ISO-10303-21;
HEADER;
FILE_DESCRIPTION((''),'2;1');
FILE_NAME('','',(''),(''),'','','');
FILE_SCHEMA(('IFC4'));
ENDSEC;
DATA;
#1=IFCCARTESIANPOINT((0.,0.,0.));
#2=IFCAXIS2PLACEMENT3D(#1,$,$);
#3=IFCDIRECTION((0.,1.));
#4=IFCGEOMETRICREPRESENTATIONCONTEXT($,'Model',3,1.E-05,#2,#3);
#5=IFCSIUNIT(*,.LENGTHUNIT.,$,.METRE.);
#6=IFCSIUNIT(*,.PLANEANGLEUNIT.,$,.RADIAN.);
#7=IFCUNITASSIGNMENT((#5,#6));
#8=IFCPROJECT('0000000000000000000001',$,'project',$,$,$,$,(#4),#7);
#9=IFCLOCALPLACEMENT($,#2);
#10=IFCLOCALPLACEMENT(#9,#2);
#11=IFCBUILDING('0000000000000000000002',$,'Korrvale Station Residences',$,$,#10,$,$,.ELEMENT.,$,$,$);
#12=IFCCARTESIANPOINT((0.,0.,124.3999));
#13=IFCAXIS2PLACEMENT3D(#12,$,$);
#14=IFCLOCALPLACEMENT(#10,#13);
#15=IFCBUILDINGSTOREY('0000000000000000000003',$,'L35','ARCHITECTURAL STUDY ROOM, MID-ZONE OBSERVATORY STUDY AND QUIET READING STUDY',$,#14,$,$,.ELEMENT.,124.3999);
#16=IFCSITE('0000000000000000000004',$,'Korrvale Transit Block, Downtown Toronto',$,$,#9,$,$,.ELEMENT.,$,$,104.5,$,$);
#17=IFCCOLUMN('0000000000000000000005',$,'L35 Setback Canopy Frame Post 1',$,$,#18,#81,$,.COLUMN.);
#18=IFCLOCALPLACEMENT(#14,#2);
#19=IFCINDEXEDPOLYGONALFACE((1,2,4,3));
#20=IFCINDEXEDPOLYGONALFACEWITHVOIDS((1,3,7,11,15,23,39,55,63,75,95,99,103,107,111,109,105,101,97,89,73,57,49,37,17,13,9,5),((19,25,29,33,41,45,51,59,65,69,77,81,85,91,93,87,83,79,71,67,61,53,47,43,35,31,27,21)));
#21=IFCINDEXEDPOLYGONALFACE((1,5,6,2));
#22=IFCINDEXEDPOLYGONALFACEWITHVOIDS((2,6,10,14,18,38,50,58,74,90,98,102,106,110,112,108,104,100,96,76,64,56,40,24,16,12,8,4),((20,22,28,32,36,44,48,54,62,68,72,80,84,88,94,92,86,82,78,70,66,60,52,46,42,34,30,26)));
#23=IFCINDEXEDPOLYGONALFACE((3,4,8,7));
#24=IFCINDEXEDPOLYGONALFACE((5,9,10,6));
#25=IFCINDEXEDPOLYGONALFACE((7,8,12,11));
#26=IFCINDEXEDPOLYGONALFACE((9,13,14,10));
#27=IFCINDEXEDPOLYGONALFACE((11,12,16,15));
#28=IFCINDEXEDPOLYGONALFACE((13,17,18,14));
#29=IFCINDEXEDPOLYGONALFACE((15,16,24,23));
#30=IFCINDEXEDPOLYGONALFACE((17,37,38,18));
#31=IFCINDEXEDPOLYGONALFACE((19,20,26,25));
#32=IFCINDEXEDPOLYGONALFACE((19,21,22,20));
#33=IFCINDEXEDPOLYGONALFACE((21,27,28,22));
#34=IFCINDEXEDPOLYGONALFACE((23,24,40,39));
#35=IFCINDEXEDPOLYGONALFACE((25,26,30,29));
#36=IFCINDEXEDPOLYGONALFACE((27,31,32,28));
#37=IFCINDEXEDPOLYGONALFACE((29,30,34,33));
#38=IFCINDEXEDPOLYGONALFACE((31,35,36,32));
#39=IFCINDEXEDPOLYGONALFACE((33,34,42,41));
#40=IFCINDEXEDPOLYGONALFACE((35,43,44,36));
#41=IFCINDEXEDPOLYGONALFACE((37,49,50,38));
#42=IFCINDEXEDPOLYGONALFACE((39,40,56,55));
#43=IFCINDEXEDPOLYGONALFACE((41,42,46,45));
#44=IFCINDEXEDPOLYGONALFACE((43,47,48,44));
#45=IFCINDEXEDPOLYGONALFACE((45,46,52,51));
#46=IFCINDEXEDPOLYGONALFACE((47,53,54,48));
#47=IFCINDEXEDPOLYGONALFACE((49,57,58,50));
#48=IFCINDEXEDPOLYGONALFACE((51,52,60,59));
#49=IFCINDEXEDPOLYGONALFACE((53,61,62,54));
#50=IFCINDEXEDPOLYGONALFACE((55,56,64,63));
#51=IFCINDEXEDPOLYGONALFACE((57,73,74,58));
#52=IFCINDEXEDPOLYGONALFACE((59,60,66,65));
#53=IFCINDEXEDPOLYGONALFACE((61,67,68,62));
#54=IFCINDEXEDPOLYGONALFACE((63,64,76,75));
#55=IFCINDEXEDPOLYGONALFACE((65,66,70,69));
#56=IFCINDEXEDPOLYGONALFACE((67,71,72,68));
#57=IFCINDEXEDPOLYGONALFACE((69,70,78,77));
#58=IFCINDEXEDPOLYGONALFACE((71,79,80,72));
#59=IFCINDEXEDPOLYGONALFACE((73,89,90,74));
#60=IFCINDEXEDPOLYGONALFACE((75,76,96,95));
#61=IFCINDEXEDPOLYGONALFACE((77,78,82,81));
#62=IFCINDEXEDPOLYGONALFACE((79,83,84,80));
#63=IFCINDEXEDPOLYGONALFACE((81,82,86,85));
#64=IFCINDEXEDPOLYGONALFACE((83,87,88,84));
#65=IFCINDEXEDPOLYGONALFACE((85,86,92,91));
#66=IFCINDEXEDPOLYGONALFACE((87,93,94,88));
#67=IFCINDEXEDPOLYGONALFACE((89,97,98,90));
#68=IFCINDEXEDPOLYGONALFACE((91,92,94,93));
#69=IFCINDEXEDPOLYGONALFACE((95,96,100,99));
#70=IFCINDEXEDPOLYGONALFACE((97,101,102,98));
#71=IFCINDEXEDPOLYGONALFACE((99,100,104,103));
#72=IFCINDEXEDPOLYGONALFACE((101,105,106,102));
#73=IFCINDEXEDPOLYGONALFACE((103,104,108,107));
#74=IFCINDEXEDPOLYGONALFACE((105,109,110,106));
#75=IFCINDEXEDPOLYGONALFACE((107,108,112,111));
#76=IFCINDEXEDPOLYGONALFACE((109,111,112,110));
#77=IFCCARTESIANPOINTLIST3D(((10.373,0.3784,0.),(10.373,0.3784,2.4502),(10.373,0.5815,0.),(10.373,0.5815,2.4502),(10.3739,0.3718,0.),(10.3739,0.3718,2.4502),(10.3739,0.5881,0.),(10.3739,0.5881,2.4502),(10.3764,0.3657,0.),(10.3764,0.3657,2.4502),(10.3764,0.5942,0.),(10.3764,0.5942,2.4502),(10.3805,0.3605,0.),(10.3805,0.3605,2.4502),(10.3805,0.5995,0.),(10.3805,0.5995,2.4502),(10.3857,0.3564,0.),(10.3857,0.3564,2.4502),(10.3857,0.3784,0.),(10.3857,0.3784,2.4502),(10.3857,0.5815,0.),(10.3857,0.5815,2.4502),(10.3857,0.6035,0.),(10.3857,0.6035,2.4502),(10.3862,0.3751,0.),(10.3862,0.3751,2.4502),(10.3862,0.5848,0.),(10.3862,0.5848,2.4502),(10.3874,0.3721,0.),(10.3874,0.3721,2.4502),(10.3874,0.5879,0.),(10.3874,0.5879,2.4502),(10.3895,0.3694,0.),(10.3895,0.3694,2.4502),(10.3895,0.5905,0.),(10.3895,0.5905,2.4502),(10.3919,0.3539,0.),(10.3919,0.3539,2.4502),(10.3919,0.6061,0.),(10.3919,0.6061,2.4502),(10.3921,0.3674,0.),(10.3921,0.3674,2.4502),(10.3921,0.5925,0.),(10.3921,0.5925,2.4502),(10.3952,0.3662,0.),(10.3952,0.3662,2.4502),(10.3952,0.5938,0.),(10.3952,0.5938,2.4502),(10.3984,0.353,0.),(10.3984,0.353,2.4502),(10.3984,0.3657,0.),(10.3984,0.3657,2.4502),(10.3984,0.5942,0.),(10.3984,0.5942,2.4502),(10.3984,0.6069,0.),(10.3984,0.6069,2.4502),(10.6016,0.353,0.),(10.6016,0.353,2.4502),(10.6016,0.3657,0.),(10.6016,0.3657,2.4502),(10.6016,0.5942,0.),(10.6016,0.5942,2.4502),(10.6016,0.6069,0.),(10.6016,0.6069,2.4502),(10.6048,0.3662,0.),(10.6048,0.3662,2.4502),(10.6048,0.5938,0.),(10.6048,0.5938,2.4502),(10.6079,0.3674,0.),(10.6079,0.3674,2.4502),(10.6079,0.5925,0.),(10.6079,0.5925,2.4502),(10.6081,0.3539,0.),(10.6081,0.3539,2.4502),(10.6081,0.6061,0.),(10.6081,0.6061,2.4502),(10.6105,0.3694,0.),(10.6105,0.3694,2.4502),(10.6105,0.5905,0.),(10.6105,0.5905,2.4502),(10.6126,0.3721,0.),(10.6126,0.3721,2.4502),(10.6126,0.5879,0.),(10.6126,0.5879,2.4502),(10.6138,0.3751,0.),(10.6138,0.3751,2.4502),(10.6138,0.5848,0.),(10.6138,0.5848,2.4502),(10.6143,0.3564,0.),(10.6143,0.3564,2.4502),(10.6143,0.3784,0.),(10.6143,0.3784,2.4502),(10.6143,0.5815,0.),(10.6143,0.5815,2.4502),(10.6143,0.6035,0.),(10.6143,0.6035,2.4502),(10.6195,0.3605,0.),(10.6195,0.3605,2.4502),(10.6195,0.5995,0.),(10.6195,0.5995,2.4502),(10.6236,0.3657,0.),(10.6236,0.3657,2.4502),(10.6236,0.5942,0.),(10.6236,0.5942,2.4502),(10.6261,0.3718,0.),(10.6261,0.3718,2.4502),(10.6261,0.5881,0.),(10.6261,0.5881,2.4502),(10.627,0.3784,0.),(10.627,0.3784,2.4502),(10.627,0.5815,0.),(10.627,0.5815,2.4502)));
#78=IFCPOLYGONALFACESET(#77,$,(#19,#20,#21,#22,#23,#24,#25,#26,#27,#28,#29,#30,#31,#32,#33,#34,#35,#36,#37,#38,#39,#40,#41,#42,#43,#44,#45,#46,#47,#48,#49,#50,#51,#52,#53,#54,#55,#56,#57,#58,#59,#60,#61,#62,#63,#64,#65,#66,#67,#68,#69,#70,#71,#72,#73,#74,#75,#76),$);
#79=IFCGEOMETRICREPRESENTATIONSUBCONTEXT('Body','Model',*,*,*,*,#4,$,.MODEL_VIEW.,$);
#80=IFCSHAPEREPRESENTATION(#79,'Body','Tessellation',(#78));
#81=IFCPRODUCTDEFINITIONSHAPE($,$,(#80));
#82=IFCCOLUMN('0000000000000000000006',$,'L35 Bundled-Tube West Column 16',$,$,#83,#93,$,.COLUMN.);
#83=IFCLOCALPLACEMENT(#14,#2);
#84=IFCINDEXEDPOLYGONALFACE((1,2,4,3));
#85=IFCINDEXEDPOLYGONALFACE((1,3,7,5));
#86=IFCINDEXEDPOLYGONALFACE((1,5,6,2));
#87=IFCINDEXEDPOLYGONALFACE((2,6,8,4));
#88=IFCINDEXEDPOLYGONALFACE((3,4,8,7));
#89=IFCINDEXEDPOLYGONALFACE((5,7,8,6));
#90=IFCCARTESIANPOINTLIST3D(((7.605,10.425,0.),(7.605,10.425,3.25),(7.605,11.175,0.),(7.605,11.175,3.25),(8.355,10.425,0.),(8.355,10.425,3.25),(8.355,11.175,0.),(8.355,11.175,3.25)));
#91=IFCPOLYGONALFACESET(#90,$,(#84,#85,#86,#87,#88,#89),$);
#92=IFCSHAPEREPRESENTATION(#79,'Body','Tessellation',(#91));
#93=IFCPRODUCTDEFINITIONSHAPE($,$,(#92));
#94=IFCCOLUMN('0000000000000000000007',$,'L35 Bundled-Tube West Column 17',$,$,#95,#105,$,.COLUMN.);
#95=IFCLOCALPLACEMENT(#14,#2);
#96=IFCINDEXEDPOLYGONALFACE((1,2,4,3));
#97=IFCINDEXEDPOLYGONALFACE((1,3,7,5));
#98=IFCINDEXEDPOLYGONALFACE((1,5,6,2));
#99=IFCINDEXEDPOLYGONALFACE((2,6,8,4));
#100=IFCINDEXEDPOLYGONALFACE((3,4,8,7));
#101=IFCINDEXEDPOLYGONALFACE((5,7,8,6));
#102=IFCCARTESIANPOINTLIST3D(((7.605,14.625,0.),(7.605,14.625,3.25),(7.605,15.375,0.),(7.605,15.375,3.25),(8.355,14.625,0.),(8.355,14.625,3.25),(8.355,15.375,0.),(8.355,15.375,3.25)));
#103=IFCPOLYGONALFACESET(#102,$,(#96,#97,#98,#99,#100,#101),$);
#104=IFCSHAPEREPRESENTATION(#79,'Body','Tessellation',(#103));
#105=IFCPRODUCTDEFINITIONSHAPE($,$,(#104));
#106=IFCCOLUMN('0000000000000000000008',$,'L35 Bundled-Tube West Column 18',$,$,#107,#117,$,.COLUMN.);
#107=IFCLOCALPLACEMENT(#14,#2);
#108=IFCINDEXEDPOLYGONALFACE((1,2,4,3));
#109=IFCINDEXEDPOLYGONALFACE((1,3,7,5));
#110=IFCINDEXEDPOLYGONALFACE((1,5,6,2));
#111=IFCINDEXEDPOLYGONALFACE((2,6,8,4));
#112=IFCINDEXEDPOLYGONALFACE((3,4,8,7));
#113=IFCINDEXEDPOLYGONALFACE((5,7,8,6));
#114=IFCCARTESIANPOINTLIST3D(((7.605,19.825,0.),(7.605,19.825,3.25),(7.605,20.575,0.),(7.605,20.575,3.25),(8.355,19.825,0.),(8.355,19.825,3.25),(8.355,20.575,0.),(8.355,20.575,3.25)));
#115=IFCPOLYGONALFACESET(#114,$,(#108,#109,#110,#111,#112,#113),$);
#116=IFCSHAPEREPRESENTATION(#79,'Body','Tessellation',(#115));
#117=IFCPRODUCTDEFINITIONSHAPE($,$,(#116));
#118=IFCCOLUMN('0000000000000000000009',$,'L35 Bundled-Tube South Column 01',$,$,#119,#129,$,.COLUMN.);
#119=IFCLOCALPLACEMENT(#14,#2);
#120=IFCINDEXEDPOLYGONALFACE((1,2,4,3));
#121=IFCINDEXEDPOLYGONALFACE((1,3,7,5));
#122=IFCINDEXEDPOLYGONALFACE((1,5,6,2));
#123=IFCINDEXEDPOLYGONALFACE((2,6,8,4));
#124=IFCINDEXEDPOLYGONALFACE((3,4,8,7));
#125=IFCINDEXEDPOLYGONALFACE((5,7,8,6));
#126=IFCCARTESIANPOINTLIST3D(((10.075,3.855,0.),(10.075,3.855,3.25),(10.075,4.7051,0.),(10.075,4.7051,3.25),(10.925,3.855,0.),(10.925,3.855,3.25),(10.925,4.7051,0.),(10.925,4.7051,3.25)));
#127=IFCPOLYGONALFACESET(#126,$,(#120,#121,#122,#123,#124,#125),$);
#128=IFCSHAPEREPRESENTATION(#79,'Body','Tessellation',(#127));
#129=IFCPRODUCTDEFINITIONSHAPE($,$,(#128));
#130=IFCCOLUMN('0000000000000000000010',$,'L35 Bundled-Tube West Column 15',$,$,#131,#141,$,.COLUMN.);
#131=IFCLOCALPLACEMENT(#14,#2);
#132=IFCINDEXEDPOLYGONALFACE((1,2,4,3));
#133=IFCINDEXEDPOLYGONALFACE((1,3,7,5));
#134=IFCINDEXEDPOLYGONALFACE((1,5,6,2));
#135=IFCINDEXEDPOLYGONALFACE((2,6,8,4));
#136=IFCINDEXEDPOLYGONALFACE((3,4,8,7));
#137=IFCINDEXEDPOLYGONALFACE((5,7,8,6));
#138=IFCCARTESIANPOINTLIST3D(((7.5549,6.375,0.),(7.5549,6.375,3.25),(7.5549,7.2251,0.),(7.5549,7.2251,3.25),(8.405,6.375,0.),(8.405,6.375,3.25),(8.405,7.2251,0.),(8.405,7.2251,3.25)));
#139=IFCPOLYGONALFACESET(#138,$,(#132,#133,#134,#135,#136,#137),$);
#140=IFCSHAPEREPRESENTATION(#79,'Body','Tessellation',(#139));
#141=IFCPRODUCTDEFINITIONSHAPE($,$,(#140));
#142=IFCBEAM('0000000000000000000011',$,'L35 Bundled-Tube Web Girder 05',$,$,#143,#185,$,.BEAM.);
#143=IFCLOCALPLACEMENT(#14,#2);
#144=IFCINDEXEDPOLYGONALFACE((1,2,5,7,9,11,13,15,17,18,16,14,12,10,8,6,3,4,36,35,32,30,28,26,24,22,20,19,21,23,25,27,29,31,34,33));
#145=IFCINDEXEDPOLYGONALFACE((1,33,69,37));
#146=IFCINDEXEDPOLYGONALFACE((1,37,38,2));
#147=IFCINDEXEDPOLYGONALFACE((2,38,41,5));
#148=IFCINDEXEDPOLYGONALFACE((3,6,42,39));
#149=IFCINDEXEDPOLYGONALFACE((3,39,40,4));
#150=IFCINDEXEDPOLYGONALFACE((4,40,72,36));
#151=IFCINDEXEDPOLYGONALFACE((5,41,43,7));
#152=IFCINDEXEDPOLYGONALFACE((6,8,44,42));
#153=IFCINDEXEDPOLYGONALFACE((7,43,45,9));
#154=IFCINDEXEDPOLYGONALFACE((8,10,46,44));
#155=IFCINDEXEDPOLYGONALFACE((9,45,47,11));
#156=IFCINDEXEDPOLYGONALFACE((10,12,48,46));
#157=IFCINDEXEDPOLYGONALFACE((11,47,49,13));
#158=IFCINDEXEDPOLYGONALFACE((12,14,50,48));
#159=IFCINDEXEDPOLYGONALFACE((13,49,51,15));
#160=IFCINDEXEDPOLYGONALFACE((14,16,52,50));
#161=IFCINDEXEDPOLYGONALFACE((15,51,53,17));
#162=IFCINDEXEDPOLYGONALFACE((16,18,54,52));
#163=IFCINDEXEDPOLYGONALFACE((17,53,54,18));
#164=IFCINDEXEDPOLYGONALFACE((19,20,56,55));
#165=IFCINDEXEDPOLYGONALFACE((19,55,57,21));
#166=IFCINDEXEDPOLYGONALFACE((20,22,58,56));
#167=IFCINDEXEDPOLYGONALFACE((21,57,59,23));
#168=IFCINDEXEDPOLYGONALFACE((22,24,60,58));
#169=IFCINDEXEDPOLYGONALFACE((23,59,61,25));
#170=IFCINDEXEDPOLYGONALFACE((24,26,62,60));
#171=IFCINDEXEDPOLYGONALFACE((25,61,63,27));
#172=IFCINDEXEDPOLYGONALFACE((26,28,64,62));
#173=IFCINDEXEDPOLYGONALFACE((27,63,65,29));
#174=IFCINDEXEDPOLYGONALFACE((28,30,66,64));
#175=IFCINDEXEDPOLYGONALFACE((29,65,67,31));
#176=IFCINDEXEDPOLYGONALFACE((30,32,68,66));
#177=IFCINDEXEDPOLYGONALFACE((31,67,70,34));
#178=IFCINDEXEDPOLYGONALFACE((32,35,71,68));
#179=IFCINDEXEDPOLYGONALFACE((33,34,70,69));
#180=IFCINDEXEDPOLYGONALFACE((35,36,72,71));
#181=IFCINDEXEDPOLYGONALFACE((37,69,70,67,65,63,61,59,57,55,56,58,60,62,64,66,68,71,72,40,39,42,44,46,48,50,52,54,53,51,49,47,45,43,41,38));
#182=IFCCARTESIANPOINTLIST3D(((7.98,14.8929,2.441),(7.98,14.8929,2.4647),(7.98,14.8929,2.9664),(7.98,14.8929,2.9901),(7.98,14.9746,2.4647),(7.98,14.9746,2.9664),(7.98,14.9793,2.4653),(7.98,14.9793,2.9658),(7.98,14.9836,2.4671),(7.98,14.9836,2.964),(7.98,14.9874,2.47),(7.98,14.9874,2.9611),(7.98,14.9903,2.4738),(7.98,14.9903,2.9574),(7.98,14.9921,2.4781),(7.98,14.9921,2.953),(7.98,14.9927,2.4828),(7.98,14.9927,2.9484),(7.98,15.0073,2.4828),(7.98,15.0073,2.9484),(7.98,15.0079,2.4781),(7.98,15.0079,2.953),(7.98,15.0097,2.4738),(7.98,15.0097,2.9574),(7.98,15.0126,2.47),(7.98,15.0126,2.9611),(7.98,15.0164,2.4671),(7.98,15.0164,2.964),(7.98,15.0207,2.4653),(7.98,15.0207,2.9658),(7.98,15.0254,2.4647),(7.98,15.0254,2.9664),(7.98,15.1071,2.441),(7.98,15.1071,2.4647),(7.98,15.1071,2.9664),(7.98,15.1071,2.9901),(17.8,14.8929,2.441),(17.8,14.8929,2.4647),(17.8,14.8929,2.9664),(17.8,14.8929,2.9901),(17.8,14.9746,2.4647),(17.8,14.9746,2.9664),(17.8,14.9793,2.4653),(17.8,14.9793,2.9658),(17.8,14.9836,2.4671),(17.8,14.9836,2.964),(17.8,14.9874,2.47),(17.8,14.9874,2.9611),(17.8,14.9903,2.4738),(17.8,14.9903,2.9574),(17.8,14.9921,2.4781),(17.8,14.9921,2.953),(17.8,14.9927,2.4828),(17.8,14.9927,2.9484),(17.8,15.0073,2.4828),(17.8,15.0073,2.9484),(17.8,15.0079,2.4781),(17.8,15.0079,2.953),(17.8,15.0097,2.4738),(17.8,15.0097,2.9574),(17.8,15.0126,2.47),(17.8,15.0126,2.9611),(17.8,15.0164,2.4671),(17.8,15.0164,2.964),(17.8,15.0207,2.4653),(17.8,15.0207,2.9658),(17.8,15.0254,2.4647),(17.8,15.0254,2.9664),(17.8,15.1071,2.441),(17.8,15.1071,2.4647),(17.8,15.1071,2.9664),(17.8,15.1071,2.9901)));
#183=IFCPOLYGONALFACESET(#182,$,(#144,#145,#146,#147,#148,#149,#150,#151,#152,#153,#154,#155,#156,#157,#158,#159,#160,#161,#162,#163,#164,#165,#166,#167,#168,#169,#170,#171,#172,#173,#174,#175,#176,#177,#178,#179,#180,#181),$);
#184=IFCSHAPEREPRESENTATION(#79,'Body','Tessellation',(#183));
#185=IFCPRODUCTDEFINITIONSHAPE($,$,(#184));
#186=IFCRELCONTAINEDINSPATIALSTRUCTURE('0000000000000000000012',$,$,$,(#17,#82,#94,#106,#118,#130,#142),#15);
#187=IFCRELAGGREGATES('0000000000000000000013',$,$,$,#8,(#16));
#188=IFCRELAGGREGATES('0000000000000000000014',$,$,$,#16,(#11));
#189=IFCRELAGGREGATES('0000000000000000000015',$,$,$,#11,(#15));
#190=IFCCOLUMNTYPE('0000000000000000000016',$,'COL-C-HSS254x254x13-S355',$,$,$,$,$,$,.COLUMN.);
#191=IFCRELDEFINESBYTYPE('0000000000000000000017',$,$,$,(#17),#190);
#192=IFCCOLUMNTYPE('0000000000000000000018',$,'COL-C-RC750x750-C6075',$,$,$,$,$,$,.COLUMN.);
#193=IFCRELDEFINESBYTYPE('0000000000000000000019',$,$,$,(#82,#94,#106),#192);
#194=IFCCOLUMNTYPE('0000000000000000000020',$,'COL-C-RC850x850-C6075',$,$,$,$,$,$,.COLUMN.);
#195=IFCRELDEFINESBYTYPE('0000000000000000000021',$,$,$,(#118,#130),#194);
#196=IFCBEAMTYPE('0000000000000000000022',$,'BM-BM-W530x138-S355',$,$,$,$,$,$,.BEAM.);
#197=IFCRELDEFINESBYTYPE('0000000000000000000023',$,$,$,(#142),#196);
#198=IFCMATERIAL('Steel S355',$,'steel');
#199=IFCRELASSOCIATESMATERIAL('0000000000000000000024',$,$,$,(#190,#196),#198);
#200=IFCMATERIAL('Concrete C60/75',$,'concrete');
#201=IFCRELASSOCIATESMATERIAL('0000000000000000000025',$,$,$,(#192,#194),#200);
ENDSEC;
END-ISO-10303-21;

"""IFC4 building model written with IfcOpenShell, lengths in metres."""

from ifc_helpers import new_model, si_unit, direction, frame, origin, origin_2d, place, context, subcontext, project, spatial, rectangle, hollow_rectangle, i_section, extrude, material, material_profile, profile_set, type_object, element, save


model = new_model("IFC4")

# Units and contexts
model_context = context("Model", 3, precision=1e-05, world=origin(), true_north=direction((0.0, 1.0)))
body_context = subcontext(model_context, "Body", "Model", "MODEL_VIEW")
ifc_project = project(units=[si_unit("LENGTHUNIT", "METRE"), si_unit("PLANEANGLEUNIT", "RADIAN")], contexts=[model_context])

# Site, building, storey
site_placement = place(None, origin())
site = spatial("IfcSite", under=ifc_project, at=site_placement, Name="Korrvale Transit Block, Downtown Toronto", CompositionType="ELEMENT", RefElevation=104.5)
building_placement = place(site_placement, origin())
building = spatial("IfcBuilding", under=site, at=building_placement, Name="Korrvale Station Residences", CompositionType="ELEMENT")
storey_placement = place(building_placement, frame((0.0, 0.0, 124.3999)))
storey = spatial("IfcBuildingStorey", under=building, at=storey_placement, Name="L35", Description="ARCHITECTURAL STUDY ROOM, MID-ZONE OBSERVATORY STUDY AND QUIET READING STUDY", CompositionType="ELEMENT", Elevation=124.3999)

# Columns
ifc_material_1 = material(Name="Steel S355", Category="steel")
ifc_material_profile_1 = material_profile(ifc_material_1, hollow_rectangle(XDim=0.2539, YDim=0.2539, WallThickness=0.0127, InnerFilletRadius=0.0127, OuterFilletRadius=0.0254, at=origin_2d()), Name="HSS254x254x13")
ifc_profile_set_1 = profile_set([ifc_material_profile_1], Name="Steel S355")
column_type_1 = type_object("IfcColumnType", Name="COL-C-HSS254x254x13-S355", PredefinedType="COLUMN", material=ifc_profile_set_1)
column_placement = place(storey_placement, frame((10.5, 0.48, 0.0), z_axis=(0.0, 0.0, 1.0), x_axis=(1.0, 0.0, 0.0)))
element("IfcColumn", 1, at=column_placement, inside=storey, type_object=column_type_1, Name="L35 Setback Canopy Frame Post 1", PredefinedType="COLUMN", context=body_context, shape_type="SweptSolid", body=[
    extrude(hollow_rectangle(XDim=0.2539, YDim=0.2539, WallThickness=0.0127, InnerFilletRadius=0.0127, OuterFilletRadius=0.0254, at=origin_2d()), origin(), (0.0, 0.0, 1.0), 2.4502),
])
ifc_material_2 = material(Name="Concrete C60/75", Category="concrete")
ifc_material_profile_2 = material_profile(ifc_material_2, rectangle(XDim=0.75, YDim=0.75, at=origin_2d()), Name="RC750x750")
ifc_profile_set_2 = profile_set([ifc_material_profile_2], Name="Concrete C60/75")
column_type_2 = type_object("IfcColumnType", Name="COL-C-RC750x750-C6075", PredefinedType="COLUMN", material=ifc_profile_set_2)
for number, where, z_axis, x_axis, name in (
    (2, (7.98, 10.8, 0.0), (0.0, 0.0, 1.0), (1.0, 0.0, 0.0), "L35 Bundled-Tube West Column 16"),
    (3, (7.98, 15.0, 0.0), (0.0, 0.0, 1.0), (1.0, 0.0, 0.0), "L35 Bundled-Tube West Column 17"),
    (4, (7.98, 20.2, 0.0), (0.0, 0.0, 1.0), (1.0, 0.0, 0.0), "L35 Bundled-Tube West Column 18"),
):
    element("IfcColumn", number, at=place(storey_placement, frame(where, z_axis=z_axis, x_axis=x_axis)), inside=storey, type_object=column_type_2, Name=name, PredefinedType="COLUMN", context=body_context, shape_type="SweptSolid", body=[
        extrude(rectangle(XDim=0.75, YDim=0.75, at=origin_2d()), origin(), (0.0, 0.0, 1.0), 3.25),
    ])
ifc_material_profile_3 = material_profile(ifc_material_2, rectangle(XDim=0.8501, YDim=0.8501, at=origin_2d()), Name="RC850x850")
ifc_profile_set_3 = profile_set([ifc_material_profile_3], Name="Concrete C60/75")
column_type_3 = type_object("IfcColumnType", Name="COL-C-RC850x850-C6075", PredefinedType="COLUMN", material=ifc_profile_set_3)
for number, where, z_axis, x_axis, name in (
    (5, (10.5, 4.28, 0.0), (0.0, 0.0, 1.0), (1.0, 0.0, 0.0), "L35 Bundled-Tube South Column 01"),
    (6, (7.98, 6.8, 0.0), (0.0, 0.0, 1.0), (1.0, 0.0, 0.0), "L35 Bundled-Tube West Column 15"),
):
    element("IfcColumn", number, at=place(storey_placement, frame(where, z_axis=z_axis, x_axis=x_axis)), inside=storey, type_object=column_type_3, Name=name, PredefinedType="COLUMN", context=body_context, shape_type="SweptSolid", body=[
        extrude(rectangle(XDim=0.8501, YDim=0.8501, at=origin_2d()), origin(), (0.0, 0.0, 1.0), 3.25),
    ])

# Beam
ifc_material_profile_4 = material_profile(ifc_material_1, i_section(OverallWidth=0.2141, OverallDepth=0.5491, WebThickness=0.0146, FlangeThickness=0.0237, FilletRadius=0.0181, at=origin_2d()), Name="W530x138")
ifc_profile_set_4 = profile_set([ifc_material_profile_4], Name="Steel S355")
beam_type_1 = type_object("IfcBeamType", Name="BM-BM-W530x138-S355", PredefinedType="BEAM", material=ifc_profile_set_4)
beam_1_placement = place(storey_placement, frame((7.98, 15.0, 2.7156), z_axis=(1.0, 0.0, 0.0), x_axis=(0.0, 1.0, 0.0)))
element("IfcBeam", 7, at=beam_1_placement, inside=storey, type_object=beam_type_1, Name="L35 Bundled-Tube Web Girder 05", PredefinedType="BEAM", context=body_context, shape_type="SweptSolid", body=[
    extrude(i_section(OverallWidth=0.2141, OverallDepth=0.5491, WebThickness=0.0146, FlangeThickness=0.0237, FilletRadius=0.0181, at=origin_2d()), origin(), (0.0, 0.0, 1.0), 9.8201),
])

save(model, "model.ifc")
